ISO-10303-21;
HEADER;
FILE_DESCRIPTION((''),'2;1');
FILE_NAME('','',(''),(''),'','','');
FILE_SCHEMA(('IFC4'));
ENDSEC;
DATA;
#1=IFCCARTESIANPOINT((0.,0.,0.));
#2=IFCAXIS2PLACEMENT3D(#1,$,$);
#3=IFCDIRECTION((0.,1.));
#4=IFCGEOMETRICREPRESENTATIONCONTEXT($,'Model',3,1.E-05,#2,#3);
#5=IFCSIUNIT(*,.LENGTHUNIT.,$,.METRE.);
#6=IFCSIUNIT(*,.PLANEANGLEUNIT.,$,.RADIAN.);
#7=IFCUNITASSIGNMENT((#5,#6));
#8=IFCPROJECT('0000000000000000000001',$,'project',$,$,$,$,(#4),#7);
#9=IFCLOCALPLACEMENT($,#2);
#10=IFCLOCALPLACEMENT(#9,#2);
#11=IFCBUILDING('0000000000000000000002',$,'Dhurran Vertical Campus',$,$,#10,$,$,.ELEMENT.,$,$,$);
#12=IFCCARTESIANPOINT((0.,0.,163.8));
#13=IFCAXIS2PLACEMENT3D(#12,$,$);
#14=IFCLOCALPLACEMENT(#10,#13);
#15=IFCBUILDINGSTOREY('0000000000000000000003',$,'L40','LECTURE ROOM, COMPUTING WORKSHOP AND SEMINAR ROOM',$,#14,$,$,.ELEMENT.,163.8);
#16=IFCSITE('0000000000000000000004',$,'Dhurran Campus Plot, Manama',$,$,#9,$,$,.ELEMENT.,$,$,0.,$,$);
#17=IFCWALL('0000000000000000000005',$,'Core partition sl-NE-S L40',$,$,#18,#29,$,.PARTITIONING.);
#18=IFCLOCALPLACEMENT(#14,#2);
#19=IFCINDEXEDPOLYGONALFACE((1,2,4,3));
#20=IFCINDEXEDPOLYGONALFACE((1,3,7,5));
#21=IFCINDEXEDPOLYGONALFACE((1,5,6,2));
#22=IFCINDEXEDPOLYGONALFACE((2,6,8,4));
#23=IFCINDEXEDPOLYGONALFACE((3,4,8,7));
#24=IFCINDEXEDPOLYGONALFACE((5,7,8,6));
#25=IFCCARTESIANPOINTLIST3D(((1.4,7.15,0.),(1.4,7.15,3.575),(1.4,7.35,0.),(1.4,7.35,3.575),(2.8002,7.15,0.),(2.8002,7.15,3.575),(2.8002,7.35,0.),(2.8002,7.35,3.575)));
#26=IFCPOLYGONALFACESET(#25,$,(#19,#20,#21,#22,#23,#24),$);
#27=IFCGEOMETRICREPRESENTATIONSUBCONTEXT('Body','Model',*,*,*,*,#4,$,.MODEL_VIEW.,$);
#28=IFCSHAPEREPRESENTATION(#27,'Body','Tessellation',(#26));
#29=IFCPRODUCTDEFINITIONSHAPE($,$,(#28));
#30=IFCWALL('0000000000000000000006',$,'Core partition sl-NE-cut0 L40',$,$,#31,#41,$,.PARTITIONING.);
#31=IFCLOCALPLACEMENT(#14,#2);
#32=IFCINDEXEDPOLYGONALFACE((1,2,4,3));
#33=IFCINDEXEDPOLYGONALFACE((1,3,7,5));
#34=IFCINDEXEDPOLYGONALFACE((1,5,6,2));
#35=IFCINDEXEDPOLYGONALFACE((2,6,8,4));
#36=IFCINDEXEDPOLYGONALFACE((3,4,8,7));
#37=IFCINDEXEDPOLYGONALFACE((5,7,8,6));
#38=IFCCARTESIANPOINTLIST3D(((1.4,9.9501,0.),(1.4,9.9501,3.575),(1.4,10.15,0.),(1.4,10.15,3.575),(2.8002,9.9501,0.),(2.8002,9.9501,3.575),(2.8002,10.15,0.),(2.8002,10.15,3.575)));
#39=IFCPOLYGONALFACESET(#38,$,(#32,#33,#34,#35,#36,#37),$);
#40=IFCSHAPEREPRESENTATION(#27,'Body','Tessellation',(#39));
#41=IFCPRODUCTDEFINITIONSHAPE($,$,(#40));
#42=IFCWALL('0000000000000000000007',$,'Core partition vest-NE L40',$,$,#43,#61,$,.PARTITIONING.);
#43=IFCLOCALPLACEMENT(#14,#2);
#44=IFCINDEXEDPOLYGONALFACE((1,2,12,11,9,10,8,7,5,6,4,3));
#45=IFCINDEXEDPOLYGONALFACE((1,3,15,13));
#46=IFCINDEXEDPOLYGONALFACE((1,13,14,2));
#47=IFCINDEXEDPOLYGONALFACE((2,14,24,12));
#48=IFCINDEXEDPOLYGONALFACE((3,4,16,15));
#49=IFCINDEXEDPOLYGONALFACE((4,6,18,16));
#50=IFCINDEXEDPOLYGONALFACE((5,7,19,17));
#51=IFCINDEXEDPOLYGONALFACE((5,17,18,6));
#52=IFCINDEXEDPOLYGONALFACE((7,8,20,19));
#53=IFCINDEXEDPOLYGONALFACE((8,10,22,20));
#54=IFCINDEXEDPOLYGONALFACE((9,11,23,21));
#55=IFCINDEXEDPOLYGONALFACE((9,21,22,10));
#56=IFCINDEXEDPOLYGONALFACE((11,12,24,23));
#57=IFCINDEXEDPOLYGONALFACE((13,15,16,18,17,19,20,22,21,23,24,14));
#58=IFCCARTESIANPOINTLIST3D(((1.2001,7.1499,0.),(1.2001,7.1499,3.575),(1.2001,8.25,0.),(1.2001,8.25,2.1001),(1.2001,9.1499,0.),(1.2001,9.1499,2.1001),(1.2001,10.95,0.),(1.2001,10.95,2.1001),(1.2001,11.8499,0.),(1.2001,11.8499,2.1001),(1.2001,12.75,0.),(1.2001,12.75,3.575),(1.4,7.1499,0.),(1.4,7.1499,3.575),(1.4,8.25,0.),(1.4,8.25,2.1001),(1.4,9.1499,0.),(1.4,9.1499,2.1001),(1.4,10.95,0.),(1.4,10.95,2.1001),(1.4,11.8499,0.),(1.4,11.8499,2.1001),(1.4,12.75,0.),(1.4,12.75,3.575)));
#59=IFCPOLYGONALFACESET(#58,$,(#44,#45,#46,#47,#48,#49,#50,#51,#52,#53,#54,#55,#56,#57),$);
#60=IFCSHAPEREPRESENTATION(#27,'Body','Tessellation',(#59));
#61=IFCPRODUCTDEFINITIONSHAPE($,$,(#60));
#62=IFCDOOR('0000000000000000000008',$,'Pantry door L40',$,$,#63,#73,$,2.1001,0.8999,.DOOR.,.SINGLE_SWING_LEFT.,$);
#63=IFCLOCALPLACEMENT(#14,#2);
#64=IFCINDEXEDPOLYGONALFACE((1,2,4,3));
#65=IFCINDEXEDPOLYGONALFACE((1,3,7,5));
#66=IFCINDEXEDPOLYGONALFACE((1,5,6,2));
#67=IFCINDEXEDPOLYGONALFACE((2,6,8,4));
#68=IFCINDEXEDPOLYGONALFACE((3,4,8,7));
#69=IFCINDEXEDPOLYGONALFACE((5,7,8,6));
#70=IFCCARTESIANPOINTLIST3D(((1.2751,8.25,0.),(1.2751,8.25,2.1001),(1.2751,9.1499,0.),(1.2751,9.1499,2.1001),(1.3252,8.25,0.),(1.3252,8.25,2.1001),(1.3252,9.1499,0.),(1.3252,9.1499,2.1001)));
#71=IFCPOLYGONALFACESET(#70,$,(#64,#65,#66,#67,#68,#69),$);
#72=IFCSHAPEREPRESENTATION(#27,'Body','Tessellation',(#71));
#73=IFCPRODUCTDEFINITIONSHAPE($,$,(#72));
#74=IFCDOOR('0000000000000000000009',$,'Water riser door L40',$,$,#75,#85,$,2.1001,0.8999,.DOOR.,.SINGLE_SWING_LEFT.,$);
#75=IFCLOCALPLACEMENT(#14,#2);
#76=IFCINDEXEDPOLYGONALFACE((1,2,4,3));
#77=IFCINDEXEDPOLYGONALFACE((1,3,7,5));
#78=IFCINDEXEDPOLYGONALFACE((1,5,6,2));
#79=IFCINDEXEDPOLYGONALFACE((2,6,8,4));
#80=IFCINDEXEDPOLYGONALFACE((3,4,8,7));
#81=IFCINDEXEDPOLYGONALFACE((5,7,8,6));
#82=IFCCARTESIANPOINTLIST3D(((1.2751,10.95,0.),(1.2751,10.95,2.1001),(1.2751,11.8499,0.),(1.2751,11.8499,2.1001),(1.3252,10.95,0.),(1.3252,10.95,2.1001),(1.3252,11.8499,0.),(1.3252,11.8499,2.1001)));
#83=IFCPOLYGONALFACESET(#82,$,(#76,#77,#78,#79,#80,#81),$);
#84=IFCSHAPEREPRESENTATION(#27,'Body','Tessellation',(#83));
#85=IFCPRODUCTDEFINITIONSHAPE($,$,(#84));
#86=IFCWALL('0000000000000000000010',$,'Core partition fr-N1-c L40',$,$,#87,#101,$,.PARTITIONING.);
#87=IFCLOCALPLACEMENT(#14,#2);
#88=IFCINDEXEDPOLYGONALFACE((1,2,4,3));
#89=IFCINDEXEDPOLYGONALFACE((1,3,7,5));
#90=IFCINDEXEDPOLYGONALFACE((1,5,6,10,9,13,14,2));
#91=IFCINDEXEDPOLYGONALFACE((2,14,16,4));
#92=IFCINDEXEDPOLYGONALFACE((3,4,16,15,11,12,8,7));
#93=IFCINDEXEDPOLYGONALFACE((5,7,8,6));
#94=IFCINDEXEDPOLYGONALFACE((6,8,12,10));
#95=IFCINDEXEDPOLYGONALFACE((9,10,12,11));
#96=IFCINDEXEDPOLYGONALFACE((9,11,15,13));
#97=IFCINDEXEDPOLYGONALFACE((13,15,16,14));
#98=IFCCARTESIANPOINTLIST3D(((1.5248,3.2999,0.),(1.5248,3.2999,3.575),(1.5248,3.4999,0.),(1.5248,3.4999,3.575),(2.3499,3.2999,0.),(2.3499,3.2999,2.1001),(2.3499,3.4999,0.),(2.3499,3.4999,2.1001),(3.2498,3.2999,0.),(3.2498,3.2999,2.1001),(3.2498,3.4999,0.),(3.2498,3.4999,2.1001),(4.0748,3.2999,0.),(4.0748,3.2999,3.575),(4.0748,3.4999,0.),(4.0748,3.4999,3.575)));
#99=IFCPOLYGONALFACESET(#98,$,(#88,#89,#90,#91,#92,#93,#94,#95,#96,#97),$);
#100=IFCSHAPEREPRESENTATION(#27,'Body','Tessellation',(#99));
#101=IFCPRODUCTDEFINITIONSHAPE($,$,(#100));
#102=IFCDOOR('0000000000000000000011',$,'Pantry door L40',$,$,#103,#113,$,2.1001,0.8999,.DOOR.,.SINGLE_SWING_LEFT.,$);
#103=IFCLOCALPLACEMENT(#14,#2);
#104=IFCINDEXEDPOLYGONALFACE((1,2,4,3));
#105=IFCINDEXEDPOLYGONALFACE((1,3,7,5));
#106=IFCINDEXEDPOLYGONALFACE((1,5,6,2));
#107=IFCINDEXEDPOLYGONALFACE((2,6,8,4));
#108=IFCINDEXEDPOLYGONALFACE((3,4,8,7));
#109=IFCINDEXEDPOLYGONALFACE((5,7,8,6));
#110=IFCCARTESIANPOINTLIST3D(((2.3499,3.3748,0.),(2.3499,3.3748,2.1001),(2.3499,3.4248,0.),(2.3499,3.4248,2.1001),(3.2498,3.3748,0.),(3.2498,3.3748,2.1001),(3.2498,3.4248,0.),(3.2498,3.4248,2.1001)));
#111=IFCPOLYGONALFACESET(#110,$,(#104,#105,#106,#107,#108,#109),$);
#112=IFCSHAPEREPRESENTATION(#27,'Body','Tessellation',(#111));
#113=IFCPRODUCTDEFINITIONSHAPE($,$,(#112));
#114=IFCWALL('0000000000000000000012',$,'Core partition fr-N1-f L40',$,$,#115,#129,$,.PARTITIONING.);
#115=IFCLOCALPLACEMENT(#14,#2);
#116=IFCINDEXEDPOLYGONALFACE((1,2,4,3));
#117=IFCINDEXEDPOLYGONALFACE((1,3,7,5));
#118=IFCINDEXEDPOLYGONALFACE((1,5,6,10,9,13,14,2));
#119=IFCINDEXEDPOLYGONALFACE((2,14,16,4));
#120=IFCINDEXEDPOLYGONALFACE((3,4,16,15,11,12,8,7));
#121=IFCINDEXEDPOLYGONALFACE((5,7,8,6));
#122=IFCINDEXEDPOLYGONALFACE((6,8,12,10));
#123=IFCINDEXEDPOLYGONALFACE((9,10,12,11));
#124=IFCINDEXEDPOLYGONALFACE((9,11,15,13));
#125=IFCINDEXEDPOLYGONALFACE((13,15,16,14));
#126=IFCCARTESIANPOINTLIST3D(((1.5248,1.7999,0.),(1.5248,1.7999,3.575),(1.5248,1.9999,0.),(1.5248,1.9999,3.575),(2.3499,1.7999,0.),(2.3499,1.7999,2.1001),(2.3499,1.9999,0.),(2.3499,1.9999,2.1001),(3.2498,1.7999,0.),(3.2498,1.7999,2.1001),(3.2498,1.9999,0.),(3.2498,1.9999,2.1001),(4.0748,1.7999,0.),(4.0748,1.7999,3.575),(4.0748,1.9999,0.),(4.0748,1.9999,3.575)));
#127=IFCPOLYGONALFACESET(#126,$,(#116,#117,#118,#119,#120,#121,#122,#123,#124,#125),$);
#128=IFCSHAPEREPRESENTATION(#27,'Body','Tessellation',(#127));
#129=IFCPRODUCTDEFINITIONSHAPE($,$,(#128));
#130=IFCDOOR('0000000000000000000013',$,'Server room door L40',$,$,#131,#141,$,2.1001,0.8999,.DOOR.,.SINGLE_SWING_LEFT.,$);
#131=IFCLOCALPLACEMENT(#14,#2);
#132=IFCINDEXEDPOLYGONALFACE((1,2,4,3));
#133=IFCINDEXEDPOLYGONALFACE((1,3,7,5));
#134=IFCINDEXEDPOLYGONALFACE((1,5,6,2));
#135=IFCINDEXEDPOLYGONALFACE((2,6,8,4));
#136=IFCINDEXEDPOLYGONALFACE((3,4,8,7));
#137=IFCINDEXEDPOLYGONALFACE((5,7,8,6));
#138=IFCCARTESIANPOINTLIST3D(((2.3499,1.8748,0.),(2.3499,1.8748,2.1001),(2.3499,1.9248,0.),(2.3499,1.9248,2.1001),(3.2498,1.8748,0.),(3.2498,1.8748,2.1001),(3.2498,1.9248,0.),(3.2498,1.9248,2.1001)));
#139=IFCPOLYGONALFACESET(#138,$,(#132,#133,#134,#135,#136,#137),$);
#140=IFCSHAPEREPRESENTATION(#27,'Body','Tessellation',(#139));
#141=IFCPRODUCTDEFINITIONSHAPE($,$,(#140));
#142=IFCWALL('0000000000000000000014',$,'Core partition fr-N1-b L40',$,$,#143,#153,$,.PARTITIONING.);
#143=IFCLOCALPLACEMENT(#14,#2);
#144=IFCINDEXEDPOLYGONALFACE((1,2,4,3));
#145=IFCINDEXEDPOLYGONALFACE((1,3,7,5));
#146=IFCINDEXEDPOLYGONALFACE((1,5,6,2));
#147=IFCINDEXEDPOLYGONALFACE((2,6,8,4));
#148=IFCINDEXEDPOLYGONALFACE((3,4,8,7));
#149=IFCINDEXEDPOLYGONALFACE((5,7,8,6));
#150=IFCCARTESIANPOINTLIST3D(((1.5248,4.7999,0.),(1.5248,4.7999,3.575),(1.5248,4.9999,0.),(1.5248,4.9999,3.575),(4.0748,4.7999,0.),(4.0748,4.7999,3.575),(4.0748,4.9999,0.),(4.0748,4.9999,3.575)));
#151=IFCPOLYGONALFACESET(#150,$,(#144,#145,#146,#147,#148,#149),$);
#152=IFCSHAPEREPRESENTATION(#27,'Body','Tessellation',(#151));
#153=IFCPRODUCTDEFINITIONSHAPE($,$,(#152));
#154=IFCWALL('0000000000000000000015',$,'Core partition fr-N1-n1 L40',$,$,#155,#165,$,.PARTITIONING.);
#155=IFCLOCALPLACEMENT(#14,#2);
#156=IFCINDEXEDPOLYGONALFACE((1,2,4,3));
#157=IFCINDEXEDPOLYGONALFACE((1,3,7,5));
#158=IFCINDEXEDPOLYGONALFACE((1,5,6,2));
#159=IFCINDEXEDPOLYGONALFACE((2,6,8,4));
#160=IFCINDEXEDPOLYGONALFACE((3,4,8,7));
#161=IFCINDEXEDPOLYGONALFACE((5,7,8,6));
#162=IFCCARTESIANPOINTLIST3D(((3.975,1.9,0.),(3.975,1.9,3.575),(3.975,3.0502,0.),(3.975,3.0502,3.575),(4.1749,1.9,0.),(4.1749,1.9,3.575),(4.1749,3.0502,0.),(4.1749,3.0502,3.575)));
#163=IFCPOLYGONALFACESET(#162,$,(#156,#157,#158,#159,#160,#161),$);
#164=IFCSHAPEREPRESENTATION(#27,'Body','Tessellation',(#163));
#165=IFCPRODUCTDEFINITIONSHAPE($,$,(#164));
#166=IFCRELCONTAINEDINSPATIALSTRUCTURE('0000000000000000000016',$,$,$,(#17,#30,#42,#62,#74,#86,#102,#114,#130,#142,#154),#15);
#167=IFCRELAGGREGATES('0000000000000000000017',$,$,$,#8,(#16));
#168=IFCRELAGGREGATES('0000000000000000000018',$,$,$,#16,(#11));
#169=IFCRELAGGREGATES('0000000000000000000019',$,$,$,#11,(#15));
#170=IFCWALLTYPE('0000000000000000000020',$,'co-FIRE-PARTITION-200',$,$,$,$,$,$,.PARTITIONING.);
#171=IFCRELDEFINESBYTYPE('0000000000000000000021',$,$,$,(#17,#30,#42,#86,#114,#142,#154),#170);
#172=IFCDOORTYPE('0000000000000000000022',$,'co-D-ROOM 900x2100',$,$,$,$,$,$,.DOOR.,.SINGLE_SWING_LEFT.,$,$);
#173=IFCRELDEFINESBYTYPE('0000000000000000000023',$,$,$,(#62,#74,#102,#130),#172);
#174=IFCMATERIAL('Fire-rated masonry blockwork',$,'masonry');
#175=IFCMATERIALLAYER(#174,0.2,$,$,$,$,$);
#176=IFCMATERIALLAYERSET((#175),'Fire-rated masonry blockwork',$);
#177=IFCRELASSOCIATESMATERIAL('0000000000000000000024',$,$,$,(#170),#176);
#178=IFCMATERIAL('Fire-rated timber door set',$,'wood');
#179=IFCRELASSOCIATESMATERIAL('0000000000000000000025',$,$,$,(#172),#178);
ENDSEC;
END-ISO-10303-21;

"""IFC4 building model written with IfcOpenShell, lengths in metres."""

from ifc_helpers import new_model, si_unit, direction, frame, frame_2d, origin, place, context, subcontext, project, spatial, rectangle, extrude, material, layer, layer_set, type_object, element, fill, save


model = new_model("IFC4")

# Units and contexts
model_context = context("Model", 3, precision=1e-05, world=origin(), true_north=direction((0.0, 1.0)))
body_context = subcontext(model_context, "Body", "Model", "MODEL_VIEW")
ifc_project = project(units=[si_unit("LENGTHUNIT", "METRE"), si_unit("PLANEANGLEUNIT", "RADIAN")], contexts=[model_context])

# Site, building, storey
site_placement = place(None, origin())
site = spatial("IfcSite", under=ifc_project, at=site_placement, Name="Dhurran Campus Plot, Manama", CompositionType="ELEMENT", RefElevation=0.0)
building_placement = place(site_placement, origin())
building = spatial("IfcBuilding", under=site, at=building_placement, Name="Dhurran Vertical Campus", CompositionType="ELEMENT")
storey_placement = place(building_placement, frame((0.0, 0.0, 163.8)))
storey = spatial("IfcBuildingStorey", under=building, at=storey_placement, Name="L40", Description="LECTURE ROOM, COMPUTING WORKSHOP AND SEMINAR ROOM", CompositionType="ELEMENT", Elevation=163.8)

# Walls
ifc_material_1 = material(Name="Fire-rated masonry blockwork", Category="masonry")
ifc_layer_1 = layer(ifc_material_1, 0.2)
ifc_layer_set_1 = layer_set([ifc_layer_1], Name="Fire-rated masonry blockwork")
wall_type_1 = type_object("IfcWallType", Name="co-FIRE-PARTITION-200", PredefinedType="PARTITIONING", material=ifc_layer_set_1)
for number, where, z_axis, x_axis, name in (
    (1, (1.3999, 7.25, 0.0), (0.0, 0.0, 1.0), (1.0, 0.0, 0.0), "Core partition sl-NE-S L40"),
    (2, (1.3999, 10.05, 0.0), (0.0, 0.0, 1.0), (1.0, 0.0, 0.0), "Core partition sl-NE-cut0 L40"),
):
    element("IfcWall", number, at=place(storey_placement, frame(where, z_axis=z_axis, x_axis=x_axis)), inside=storey, type_object=wall_type_1, Name=name, PredefinedType="PARTITIONING", context=body_context, shape_type="SweptSolid", body=[
        extrude(rectangle(XDim=1.4001, YDim=0.2, at=frame_2d((0.7002, 0.0))), origin(), (0.0, 0.0, 1.0), 3.575),
    ])

# Wall, openings, doors
wall_1_placement = place(storey_placement, frame((1.3, 7.1499, 0.0), z_axis=(0.0, 0.0, 1.0), x_axis=(0.0, 1.0, 0.0)))
wall_1 = element("IfcWall", 3, at=wall_1_placement, inside=storey, type_object=wall_type_1, Name="Core partition vest-NE L40", PredefinedType="PARTITIONING", context=body_context, shape_type="SweptSolid", body=[
    extrude(rectangle(XDim=5.6001, YDim=0.2, at=frame_2d((2.8, 0.0))), origin(), (0.0, 0.0, 1.0), 3.575),
])
opening_1_placement = place(wall_1_placement, frame((1.1001, 0.0, 0.0)))
opening_1 = element("IfcOpeningElement", 4, at=opening_1_placement, cuts=wall_1, PredefinedType="OPENING", context=body_context, shape_type="SweptSolid", body=[
    extrude(rectangle(XDim=0.8999, YDim=2.1001, at=frame_2d((0.45, 1.05))), frame((0.0, 0.1099, 0.0), z_axis=(0.0, -1.0, 0.0), x_axis=(1.0, 0.0, 0.0)), (0.0, 0.0, 1.0), 0.22),
])
opening_2_placement = place(wall_1_placement, frame((3.8, 0.0, 0.0)))
opening_2 = element("IfcOpeningElement", 5, at=opening_2_placement, cuts=wall_1, PredefinedType="OPENING", context=body_context, shape_type="SweptSolid", body=[
    extrude(rectangle(XDim=0.8999, YDim=2.1001, at=frame_2d((0.45, 1.05))), frame((0.0, 0.1099, 0.0), z_axis=(0.0, -1.0, 0.0), x_axis=(1.0, 0.0, 0.0)), (0.0, 0.0, 1.0), 0.22),
])
ifc_material_2 = material(Name="Fire-rated timber door set", Category="wood")
door_type_1 = type_object("IfcDoorType", Name="co-D-ROOM 900x2100", OperationType="SINGLE_SWING_LEFT", PredefinedType="DOOR", material=ifc_material_2)
door_1_placement = place(opening_1_placement, origin())
door_1 = element("IfcDoor", 6, at=door_1_placement, inside=storey, type_object=door_type_1, Name="Pantry door L40", OperationType="SINGLE_SWING_LEFT", OverallHeight=2.1001, OverallWidth=0.8999, PredefinedType="DOOR", context=body_context, shape_type="SweptSolid", body=[
    extrude(rectangle(XDim=0.8999, YDim=2.1001, at=frame_2d((0.45, 1.05))), frame((0.0, 0.0249, 0.0), z_axis=(0.0, -1.0, 0.0), x_axis=(1.0, 0.0, 0.0)), (0.0, 0.0, 1.0), 0.05),
])
fill(opening_1, door_1)
door_2_placement = place(opening_2_placement, origin())
door_2 = element("IfcDoor", 7, at=door_2_placement, inside=storey, type_object=door_type_1, Name="Water riser door L40", OperationType="SINGLE_SWING_LEFT", OverallHeight=2.1001, OverallWidth=0.8999, PredefinedType="DOOR", context=body_context, shape_type="SweptSolid", body=[
    extrude(rectangle(XDim=0.8999, YDim=2.1001, at=frame_2d((0.45, 1.05))), frame((0.0, 0.0249, 0.0), z_axis=(0.0, -1.0, 0.0), x_axis=(1.0, 0.0, 0.0)), (0.0, 0.0, 1.0), 0.05),
])
fill(opening_2, door_2)

# Walls, openings, doors
wall_2_placement = place(storey_placement, frame((1.5249, 3.3999, 0.0), z_axis=(0.0, 0.0, 1.0), x_axis=(1.0, 0.0, 0.0)))
wall_2 = element("IfcWall", 8, at=wall_2_placement, inside=storey, type_object=wall_type_1, Name="Core partition fr-N1-c L40", PredefinedType="PARTITIONING", context=body_context, shape_type="SweptSolid", body=[
    extrude(rectangle(XDim=2.55, YDim=0.2, at=frame_2d((1.2749, 0.0))), origin(), (0.0, 0.0, 1.0), 3.575),
])
opening_3_placement = place(wall_2_placement, frame((0.825, 0.0, 0.0)))
opening_3 = element("IfcOpeningElement", 9, at=opening_3_placement, cuts=wall_2, PredefinedType="OPENING", context=body_context, shape_type="SweptSolid", body=[
    extrude(rectangle(XDim=0.8999, YDim=2.1001, at=frame_2d((0.45, 1.05))), frame((0.0, 0.1099, 0.0), z_axis=(0.0, -1.0, 0.0), x_axis=(1.0, 0.0, 0.0)), (0.0, 0.0, 1.0), 0.22),
])
door_3_placement = place(opening_3_placement, origin())
door_3 = element("IfcDoor", 10, at=door_3_placement, inside=storey, type_object=door_type_1, Name="Pantry door L40", OperationType="SINGLE_SWING_LEFT", OverallHeight=2.1001, OverallWidth=0.8999, PredefinedType="DOOR", context=body_context, shape_type="SweptSolid", body=[
    extrude(rectangle(XDim=0.8999, YDim=2.1001, at=frame_2d((0.45, 1.05))), frame((0.0, 0.0249, 0.0), z_axis=(0.0, -1.0, 0.0), x_axis=(1.0, 0.0, 0.0)), (0.0, 0.0, 1.0), 0.05),
])
fill(opening_3, door_3)
wall_3_placement = place(storey_placement, frame((1.5249, 1.8999, 0.0), z_axis=(0.0, 0.0, 1.0), x_axis=(1.0, 0.0, 0.0)))
wall_3 = element("IfcWall", 11, at=wall_3_placement, inside=storey, type_object=wall_type_1, Name="Core partition fr-N1-f L40", PredefinedType="PARTITIONING", context=body_context, shape_type="SweptSolid", body=[
    extrude(rectangle(XDim=2.55, YDim=0.2, at=frame_2d((1.2749, 0.0))), origin(), (0.0, 0.0, 1.0), 3.575),
])
opening_4_placement = place(wall_3_placement, frame((0.825, 0.0, 0.0)))
opening_4 = element("IfcOpeningElement", 12, at=opening_4_placement, cuts=wall_3, PredefinedType="OPENING", context=body_context, shape_type="SweptSolid", body=[
    extrude(rectangle(XDim=0.8999, YDim=2.1001, at=frame_2d((0.45, 1.05))), frame((0.0, 0.1099, 0.0), z_axis=(0.0, -1.0, 0.0), x_axis=(1.0, 0.0, 0.0)), (0.0, 0.0, 1.0), 0.22),
])
door_4_placement = place(opening_4_placement, origin())
door_4 = element("IfcDoor", 13, at=door_4_placement, inside=storey, type_object=door_type_1, Name="Server room door L40", OperationType="SINGLE_SWING_LEFT", OverallHeight=2.1001, OverallWidth=0.8999, PredefinedType="DOOR", context=body_context, shape_type="SweptSolid", body=[
    extrude(rectangle(XDim=0.8999, YDim=2.1001, at=frame_2d((0.45, 1.05))), frame((0.0, 0.0249, 0.0), z_axis=(0.0, -1.0, 0.0), x_axis=(1.0, 0.0, 0.0)), (0.0, 0.0, 1.0), 0.05),
])
fill(opening_4, door_4)

# Walls
wall_4_placement = place(storey_placement, frame((1.5249, 4.8999, 0.0), z_axis=(0.0, 0.0, 1.0), x_axis=(1.0, 0.0, 0.0)))
element("IfcWall", 14, at=wall_4_placement, inside=storey, type_object=wall_type_1, Name="Core partition fr-N1-b L40", PredefinedType="PARTITIONING", context=body_context, shape_type="SweptSolid", body=[
    extrude(rectangle(XDim=2.55, YDim=0.2, at=frame_2d((1.2749, 0.0))), origin(), (0.0, 0.0, 1.0), 3.575),
])
wall_5_placement = place(storey_placement, frame((4.075, 1.8999, 0.0), z_axis=(0.0, 0.0, 1.0), x_axis=(0.0, 1.0, 0.0)))
element("IfcWall", 15, at=wall_5_placement, inside=storey, type_object=wall_type_1, Name="Core partition fr-N1-n1 L40", PredefinedType="PARTITIONING", context=body_context, shape_type="SweptSolid", body=[
    extrude(rectangle(XDim=1.1501, YDim=0.2, at=frame_2d((0.5752, 0.0))), origin(), (0.0, 0.0, 1.0), 3.575),
])

save(model, "model.ifc")
